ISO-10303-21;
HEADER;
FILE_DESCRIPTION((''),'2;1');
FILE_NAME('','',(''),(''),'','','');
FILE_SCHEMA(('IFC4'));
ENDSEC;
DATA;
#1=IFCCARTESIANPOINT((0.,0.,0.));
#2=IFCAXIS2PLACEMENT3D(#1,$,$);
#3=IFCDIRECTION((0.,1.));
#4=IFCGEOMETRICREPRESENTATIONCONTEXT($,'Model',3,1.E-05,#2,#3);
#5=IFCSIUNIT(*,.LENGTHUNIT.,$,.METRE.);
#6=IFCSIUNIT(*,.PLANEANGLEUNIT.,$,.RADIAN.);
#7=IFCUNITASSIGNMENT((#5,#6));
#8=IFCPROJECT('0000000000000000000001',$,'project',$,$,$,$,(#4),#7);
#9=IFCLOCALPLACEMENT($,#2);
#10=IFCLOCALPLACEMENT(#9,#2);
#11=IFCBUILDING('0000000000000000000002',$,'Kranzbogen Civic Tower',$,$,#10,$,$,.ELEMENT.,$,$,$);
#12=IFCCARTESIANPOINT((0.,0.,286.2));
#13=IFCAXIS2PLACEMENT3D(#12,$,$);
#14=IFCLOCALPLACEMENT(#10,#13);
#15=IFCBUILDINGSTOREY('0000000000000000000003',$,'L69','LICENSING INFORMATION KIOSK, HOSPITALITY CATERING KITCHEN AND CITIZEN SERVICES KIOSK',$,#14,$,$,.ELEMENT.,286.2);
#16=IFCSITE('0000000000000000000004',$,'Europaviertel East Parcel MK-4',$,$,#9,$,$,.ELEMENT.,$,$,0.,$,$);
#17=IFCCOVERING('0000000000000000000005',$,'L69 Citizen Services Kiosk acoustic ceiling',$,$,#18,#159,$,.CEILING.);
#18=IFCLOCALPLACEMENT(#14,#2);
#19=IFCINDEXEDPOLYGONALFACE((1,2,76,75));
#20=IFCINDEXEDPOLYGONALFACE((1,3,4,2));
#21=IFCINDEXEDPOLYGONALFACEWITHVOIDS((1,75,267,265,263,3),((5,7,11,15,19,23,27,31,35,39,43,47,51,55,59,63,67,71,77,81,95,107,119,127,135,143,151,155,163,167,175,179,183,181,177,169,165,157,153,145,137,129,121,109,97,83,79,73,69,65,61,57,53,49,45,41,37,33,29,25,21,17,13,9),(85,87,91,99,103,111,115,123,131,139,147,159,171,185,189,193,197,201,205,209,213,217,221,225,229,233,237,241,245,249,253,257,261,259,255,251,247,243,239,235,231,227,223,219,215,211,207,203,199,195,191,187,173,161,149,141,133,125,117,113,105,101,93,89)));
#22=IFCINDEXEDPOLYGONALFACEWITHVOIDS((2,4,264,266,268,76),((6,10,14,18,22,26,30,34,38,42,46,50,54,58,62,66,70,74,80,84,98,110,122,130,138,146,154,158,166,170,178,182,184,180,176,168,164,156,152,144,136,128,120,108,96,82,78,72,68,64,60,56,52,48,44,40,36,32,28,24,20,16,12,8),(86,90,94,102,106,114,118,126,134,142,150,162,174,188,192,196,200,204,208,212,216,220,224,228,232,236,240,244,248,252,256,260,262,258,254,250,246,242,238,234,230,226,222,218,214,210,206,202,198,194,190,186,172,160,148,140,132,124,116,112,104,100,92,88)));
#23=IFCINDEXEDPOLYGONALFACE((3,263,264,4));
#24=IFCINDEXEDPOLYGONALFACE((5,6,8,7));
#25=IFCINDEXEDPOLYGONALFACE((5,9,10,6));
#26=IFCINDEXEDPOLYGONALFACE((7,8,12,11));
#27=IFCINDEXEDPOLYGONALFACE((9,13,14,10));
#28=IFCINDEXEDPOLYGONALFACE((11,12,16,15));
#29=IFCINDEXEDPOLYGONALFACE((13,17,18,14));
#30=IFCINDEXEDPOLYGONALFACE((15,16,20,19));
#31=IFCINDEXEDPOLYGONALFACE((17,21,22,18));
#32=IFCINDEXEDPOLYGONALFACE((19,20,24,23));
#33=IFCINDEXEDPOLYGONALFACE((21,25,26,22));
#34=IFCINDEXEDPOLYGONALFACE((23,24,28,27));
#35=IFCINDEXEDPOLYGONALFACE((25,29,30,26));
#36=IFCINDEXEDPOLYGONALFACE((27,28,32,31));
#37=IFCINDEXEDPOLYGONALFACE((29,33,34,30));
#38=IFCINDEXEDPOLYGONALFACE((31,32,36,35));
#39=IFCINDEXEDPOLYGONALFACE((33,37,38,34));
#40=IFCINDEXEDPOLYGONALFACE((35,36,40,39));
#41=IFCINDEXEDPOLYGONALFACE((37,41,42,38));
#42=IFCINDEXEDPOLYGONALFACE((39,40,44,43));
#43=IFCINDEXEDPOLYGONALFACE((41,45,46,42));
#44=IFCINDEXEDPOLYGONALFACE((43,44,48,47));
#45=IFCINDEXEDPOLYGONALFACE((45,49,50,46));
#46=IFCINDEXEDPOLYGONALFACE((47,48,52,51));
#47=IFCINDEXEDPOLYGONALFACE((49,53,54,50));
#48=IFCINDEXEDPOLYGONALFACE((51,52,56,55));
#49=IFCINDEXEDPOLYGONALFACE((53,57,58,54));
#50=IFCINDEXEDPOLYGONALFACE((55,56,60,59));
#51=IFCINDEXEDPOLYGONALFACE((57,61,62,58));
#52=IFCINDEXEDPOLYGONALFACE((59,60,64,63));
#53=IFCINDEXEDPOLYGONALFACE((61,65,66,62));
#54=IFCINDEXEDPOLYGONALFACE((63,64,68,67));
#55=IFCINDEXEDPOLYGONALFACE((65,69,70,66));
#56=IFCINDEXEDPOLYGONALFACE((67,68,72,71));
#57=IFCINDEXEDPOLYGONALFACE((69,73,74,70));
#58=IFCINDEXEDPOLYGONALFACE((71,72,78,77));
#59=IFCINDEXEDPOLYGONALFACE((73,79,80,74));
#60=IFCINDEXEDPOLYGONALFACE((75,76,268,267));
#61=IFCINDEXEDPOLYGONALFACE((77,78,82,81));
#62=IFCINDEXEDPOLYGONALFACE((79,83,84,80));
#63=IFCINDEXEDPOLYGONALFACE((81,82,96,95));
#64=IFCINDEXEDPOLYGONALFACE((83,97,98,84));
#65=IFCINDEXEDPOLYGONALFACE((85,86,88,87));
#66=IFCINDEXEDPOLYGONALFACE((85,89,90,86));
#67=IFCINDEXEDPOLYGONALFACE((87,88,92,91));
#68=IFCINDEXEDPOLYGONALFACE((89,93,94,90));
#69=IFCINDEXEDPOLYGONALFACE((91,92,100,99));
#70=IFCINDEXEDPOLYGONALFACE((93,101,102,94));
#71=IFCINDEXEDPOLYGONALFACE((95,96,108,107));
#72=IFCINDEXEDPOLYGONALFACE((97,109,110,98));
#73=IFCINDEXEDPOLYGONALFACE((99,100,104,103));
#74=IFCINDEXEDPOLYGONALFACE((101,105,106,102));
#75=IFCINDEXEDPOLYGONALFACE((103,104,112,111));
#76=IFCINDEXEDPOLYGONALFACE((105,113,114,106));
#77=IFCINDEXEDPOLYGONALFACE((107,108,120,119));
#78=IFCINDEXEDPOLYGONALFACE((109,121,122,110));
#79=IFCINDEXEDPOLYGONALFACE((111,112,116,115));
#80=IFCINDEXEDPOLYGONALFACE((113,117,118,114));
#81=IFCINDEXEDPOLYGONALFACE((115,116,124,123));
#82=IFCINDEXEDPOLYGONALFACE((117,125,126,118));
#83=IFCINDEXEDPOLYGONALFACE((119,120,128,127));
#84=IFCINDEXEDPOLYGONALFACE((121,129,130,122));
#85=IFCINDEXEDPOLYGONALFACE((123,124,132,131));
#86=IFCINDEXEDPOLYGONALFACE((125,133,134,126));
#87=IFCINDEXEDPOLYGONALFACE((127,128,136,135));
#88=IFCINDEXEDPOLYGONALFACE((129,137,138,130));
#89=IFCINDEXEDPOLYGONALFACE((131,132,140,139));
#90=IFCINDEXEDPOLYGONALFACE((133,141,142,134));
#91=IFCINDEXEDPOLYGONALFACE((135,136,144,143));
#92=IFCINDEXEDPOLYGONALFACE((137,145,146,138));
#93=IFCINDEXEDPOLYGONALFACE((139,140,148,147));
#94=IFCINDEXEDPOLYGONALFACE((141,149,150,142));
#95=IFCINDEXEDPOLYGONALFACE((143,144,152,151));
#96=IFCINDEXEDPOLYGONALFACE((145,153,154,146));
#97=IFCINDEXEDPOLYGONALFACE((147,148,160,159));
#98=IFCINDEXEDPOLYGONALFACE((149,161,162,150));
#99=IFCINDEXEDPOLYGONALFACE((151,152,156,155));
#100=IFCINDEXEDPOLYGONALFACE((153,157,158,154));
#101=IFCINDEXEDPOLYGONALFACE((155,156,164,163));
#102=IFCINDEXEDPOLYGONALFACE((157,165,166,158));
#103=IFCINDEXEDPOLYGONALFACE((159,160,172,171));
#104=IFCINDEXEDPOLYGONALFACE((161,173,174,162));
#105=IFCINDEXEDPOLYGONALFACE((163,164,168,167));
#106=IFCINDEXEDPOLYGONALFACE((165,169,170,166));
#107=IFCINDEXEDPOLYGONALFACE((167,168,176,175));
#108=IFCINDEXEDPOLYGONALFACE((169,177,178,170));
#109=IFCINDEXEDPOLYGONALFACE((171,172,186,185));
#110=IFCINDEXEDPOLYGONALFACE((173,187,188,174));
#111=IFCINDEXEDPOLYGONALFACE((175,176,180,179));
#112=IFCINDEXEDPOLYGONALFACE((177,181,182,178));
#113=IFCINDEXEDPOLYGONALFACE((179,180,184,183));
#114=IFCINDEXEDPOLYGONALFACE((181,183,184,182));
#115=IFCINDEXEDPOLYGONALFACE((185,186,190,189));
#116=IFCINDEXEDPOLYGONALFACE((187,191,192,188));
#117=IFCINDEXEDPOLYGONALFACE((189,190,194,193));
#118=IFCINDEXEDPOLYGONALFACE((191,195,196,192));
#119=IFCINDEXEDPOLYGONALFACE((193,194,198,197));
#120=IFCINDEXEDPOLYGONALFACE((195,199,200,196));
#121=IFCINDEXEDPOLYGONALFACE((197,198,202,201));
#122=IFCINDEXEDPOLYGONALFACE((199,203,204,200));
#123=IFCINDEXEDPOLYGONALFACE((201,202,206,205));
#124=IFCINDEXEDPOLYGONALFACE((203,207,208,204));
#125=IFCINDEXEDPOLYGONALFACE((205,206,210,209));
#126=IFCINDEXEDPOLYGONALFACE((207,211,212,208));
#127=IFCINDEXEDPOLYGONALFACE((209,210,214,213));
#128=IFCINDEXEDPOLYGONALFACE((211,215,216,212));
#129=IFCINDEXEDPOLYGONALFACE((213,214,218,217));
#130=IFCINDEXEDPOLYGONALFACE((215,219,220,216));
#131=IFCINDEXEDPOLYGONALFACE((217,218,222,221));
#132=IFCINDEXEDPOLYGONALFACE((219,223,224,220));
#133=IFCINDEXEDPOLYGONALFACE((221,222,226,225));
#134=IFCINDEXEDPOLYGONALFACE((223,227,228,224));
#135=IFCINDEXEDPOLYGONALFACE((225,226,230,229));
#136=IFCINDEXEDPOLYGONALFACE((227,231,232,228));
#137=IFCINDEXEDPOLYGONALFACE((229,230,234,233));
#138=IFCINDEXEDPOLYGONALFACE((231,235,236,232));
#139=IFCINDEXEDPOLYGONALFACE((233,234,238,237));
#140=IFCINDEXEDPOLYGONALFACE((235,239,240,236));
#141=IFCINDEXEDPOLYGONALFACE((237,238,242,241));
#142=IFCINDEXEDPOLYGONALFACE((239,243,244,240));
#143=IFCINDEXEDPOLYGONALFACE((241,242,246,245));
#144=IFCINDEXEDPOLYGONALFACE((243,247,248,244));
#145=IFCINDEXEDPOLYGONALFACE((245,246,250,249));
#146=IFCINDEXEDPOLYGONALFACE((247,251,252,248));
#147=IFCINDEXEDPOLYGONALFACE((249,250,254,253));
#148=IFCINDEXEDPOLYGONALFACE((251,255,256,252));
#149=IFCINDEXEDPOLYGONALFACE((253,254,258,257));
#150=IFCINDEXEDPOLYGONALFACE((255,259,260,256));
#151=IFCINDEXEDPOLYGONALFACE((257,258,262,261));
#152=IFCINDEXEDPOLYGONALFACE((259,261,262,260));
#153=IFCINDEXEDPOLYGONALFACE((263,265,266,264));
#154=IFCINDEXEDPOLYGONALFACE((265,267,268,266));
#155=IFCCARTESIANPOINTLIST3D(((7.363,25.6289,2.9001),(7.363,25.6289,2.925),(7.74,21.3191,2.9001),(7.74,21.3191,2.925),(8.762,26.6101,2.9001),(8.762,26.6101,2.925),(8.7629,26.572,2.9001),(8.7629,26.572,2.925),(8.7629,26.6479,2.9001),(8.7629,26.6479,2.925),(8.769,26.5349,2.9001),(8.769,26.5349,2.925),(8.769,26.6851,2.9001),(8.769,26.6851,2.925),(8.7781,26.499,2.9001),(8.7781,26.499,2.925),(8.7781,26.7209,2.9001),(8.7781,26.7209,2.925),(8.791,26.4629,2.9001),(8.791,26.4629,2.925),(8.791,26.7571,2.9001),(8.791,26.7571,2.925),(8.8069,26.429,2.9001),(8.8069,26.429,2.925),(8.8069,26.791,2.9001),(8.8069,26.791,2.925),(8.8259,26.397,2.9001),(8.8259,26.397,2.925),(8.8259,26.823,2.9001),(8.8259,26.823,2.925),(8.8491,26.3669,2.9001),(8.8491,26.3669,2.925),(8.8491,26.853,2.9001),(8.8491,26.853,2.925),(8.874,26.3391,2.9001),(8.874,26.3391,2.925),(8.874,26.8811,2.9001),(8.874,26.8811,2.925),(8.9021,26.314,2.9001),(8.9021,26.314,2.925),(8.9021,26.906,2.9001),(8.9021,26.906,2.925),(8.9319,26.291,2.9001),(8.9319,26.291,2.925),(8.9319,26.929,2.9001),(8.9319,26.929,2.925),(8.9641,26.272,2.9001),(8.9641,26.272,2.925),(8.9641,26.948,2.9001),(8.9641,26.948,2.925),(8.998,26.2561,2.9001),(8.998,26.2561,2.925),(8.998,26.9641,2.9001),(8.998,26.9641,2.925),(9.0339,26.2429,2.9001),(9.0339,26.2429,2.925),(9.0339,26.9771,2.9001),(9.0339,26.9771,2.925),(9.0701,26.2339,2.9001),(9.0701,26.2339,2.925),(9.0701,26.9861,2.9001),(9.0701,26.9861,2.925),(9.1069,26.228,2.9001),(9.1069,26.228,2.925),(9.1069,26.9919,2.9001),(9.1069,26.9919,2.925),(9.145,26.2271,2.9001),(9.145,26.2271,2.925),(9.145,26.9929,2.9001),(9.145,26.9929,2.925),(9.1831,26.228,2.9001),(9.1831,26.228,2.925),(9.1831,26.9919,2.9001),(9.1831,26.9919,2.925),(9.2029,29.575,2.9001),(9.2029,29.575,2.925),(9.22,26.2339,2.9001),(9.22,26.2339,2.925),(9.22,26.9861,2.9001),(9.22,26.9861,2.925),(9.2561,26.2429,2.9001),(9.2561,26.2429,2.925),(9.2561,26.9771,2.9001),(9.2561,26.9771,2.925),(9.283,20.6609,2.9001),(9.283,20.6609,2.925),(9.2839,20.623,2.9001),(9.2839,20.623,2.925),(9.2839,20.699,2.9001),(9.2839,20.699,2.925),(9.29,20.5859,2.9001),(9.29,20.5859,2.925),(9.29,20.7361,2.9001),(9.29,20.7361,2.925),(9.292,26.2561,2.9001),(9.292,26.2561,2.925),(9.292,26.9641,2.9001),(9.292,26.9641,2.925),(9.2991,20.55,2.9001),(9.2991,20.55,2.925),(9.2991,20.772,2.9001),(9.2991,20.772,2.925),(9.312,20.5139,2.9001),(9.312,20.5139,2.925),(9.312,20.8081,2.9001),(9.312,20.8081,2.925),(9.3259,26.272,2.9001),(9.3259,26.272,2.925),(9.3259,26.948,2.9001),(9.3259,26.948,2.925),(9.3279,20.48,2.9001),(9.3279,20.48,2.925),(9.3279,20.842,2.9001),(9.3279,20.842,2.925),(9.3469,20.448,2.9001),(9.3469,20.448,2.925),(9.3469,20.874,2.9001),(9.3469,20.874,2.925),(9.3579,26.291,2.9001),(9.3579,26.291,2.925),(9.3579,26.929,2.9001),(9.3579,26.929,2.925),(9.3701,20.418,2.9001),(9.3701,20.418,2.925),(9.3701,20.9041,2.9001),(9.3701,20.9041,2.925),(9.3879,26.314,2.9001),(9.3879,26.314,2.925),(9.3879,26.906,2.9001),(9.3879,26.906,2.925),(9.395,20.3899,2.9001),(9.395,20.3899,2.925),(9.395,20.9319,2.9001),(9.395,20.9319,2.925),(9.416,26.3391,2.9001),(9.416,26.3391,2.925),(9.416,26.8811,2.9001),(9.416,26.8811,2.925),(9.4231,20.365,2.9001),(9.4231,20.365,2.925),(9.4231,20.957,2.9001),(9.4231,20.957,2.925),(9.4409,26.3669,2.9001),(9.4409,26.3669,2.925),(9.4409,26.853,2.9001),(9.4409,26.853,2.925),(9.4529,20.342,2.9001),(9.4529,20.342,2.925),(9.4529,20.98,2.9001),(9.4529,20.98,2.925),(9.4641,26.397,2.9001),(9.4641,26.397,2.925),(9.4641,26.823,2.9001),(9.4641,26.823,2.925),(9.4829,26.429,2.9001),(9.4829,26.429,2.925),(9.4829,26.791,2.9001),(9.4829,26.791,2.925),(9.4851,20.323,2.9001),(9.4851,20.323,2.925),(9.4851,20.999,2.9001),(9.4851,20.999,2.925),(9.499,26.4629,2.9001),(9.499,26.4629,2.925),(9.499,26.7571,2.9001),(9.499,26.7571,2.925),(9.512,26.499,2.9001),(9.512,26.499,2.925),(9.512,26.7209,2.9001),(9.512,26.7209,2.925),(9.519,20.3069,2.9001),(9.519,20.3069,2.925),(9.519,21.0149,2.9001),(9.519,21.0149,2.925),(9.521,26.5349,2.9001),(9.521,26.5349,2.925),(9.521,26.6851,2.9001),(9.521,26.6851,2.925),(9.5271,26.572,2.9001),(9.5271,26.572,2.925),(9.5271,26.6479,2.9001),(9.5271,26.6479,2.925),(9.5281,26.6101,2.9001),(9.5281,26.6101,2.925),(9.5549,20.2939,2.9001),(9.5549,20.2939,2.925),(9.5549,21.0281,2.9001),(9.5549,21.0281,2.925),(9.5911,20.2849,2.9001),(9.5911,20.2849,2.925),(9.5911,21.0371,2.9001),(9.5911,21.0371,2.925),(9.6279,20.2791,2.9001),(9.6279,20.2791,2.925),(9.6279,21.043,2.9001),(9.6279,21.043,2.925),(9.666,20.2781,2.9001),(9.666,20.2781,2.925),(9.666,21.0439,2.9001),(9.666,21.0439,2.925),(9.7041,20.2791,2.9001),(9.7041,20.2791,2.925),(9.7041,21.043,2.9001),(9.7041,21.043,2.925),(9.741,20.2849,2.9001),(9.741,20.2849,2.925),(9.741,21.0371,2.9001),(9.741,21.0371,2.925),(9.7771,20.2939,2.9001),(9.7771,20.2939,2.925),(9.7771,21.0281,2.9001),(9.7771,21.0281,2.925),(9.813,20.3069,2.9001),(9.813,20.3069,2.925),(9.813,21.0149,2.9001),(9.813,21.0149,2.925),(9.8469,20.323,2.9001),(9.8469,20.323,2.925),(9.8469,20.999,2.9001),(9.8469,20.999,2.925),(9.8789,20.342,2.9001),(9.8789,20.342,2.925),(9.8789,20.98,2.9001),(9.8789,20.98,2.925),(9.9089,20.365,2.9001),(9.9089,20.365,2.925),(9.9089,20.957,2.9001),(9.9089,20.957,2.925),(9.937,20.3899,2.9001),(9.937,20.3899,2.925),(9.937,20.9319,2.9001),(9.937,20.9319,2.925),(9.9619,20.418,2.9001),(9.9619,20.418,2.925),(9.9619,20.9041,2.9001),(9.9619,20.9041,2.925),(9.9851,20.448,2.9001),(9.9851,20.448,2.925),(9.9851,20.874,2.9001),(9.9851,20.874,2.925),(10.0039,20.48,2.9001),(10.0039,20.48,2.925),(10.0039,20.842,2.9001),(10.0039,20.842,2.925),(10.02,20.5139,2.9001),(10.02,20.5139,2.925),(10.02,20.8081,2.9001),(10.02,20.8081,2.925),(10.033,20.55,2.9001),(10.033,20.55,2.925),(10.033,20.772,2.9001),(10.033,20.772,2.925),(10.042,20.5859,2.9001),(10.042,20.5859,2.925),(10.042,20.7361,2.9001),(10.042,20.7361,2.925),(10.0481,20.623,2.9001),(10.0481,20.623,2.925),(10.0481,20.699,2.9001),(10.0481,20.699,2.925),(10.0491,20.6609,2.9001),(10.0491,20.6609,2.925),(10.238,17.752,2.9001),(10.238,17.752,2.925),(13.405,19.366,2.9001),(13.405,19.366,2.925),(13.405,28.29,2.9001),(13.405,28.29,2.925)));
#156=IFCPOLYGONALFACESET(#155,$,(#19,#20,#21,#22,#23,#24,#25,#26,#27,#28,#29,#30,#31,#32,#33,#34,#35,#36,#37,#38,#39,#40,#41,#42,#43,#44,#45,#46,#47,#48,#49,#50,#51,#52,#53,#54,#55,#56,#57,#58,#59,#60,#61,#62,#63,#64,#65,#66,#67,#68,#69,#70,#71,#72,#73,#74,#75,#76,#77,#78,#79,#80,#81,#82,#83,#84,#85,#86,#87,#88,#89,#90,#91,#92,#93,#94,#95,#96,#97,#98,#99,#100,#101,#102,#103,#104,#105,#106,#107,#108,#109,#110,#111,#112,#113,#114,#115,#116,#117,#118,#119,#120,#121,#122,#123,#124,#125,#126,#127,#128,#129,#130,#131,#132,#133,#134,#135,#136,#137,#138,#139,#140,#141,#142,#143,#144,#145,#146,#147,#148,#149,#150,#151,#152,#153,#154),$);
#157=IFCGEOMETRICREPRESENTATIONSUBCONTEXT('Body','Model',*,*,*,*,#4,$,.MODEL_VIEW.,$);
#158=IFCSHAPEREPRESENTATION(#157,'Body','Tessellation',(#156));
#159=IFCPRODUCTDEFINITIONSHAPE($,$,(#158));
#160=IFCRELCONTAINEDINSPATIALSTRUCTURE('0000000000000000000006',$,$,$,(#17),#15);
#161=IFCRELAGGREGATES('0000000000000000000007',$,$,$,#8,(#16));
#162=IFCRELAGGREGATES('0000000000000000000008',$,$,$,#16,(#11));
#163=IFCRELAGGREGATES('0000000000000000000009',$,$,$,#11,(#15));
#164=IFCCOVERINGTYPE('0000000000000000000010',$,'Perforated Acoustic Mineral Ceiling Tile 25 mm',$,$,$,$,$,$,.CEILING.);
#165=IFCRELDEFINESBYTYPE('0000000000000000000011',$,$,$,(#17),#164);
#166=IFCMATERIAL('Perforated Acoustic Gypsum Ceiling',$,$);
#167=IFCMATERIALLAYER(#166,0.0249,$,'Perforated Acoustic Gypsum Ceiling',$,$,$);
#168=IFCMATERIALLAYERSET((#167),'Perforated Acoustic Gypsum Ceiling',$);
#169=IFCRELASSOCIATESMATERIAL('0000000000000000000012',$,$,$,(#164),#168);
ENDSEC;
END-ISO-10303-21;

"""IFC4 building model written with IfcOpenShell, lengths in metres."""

from ifc_helpers import new_model, si_unit, direction, frame, origin, place, context, subcontext, project, spatial, polyline, outline, extrude, material, layer, layer_set, type_object, element, save


model = new_model("IFC4")

# Units and contexts
model_context = context("Model", 3, precision=1e-05, world=origin(), true_north=direction((0.0, 1.0)))
body_context = subcontext(model_context, "Body", "Model", "MODEL_VIEW")
ifc_project = project(units=[si_unit("LENGTHUNIT", "METRE"), si_unit("PLANEANGLEUNIT", "RADIAN")], contexts=[model_context])

# Site, building, storey
site_placement = place(None, origin())
site = spatial("IfcSite", under=ifc_project, at=site_placement, Name="Europaviertel East Parcel MK-4", CompositionType="ELEMENT", RefElevation=0.0)
building_placement = place(site_placement, origin())
building = spatial("IfcBuilding", under=site, at=building_placement, Name="Kranzbogen Civic Tower", CompositionType="ELEMENT")
storey_placement = place(building_placement, frame((0.0, 0.0, 286.2)))
storey = spatial("IfcBuildingStorey", under=building, at=storey_placement, Name="L69", Description="LICENSING INFORMATION KIOSK, HOSPITALITY CATERING KITCHEN AND CITIZEN SERVICES KIOSK", CompositionType="ELEMENT", Elevation=286.2)

# Covering
ifc_material_1 = material(Name="Perforated Acoustic Gypsum Ceiling")
ifc_layer_1 = layer(ifc_material_1, 0.0249, Name="Perforated Acoustic Gypsum Ceiling")
ifc_layer_set_1 = layer_set([ifc_layer_1], Name="Perforated Acoustic Gypsum Ceiling")
covering_type_1 = type_object("IfcCoveringType", Name="Perforated Acoustic Mineral Ceiling Tile 25 mm", PredefinedType="CEILING", material=ifc_layer_set_1)
covering_1_placement = place(storey_placement, frame((0.0, 0.0, 2.9001)))
element("IfcCovering", 1, at=covering_1_placement, inside=storey, type_object=covering_type_1, Name="L69 Citizen Services Kiosk acoustic ceiling", PredefinedType="CEILING", context=body_context, shape_type="SweptSolid", body=[
    extrude(outline(polyline([(7.363, 25.6289), (9.2029, 29.575), (13.405, 28.29), (13.405, 19.366), (10.238, 17.752), (7.74, 21.3191), (7.363, 25.6289)]), holes=[polyline([(10.02, 20.5139), (10.0039, 20.48), (9.9851, 20.448), (9.9619, 20.418), (9.937, 20.3899), (9.9089, 20.365), (9.8789, 20.342), (9.8469, 20.323), (9.813, 20.3069), (9.7771, 20.2939), (9.741, 20.2849), (9.7041, 20.2791), (9.666, 20.2781), (9.6279, 20.2791), (9.5911, 20.2849), (9.5549, 20.2939), (9.519, 20.3069), (9.4851, 20.323), (9.4529, 20.342), (9.4231, 20.365), (9.395, 20.3899), (9.3701, 20.418), (9.3469, 20.448), (9.3279, 20.48), (9.312, 20.5139), (9.2991, 20.55), (9.29, 20.5859), (9.2839, 20.623), (9.283, 20.6609), (9.2839, 20.699), (9.29, 20.7361), (9.2991, 20.772), (9.312, 20.8081), (9.3279, 20.842), (9.3469, 20.874), (9.3701, 20.9041), (9.395, 20.9319), (9.4231, 20.957), (9.4529, 20.98), (9.4851, 20.999), (9.519, 21.0149), (9.5549, 21.0281), (9.5911, 21.0371), (9.6279, 21.043), (9.666, 21.0439), (9.7041, 21.043), (9.741, 21.0371), (9.7771, 21.0281), (9.813, 21.0149), (9.8469, 20.999), (9.8789, 20.98), (9.9089, 20.957), (9.937, 20.9319), (9.9619, 20.9041), (9.9851, 20.874), (10.0039, 20.842), (10.02, 20.8081), (10.033, 20.772), (10.042, 20.7361), (10.0481, 20.699), (10.0491, 20.6609), (10.0481, 20.623), (10.042, 20.5859), (10.033, 20.55), (10.02, 20.5139)]), polyline([(9.499, 26.4629), (9.4829, 26.429), (9.4641, 26.397), (9.4409, 26.3669), (9.416, 26.3391), (9.3879, 26.314), (9.3579, 26.291), (9.3259, 26.272), (9.292, 26.2561), (9.2561, 26.2429), (9.22, 26.2339), (9.1831, 26.228), (9.145, 26.2271), (9.1069, 26.228), (9.0701, 26.2339), (9.0339, 26.2429), (8.998, 26.2561), (8.9641, 26.272), (8.9319, 26.291), (8.9021, 26.314), (8.874, 26.3391), (8.8491, 26.3669), (8.8259, 26.397), (8.8069, 26.429), (8.791, 26.4629), (8.7781, 26.499), (8.769, 26.5349), (8.7629, 26.572), (8.762, 26.6101), (8.7629, 26.6479), (8.769, 26.6851), (8.7781, 26.7209), (8.791, 26.7571), (8.8069, 26.791), (8.8259, 26.823), (8.8491, 26.853), (8.874, 26.8811), (8.9021, 26.906), (8.9319, 26.929), (8.9641, 26.948), (8.998, 26.9641), (9.0339, 26.9771), (9.0701, 26.9861), (9.1069, 26.9919), (9.145, 26.9929), (9.1831, 26.9919), (9.22, 26.9861), (9.2561, 26.9771), (9.292, 26.9641), (9.3259, 26.948), (9.3579, 26.929), (9.3879, 26.906), (9.416, 26.8811), (9.4409, 26.853), (9.4641, 26.823), (9.4829, 26.791), (9.499, 26.7571), (9.512, 26.7209), (9.521, 26.6851), (9.5271, 26.6479), (9.5281, 26.6101), (9.5271, 26.572), (9.521, 26.5349), (9.512, 26.499), (9.499, 26.4629)])]), origin(), (0.0, 0.0, 1.0), 0.0249),
])

save(model, "model.ifc")
